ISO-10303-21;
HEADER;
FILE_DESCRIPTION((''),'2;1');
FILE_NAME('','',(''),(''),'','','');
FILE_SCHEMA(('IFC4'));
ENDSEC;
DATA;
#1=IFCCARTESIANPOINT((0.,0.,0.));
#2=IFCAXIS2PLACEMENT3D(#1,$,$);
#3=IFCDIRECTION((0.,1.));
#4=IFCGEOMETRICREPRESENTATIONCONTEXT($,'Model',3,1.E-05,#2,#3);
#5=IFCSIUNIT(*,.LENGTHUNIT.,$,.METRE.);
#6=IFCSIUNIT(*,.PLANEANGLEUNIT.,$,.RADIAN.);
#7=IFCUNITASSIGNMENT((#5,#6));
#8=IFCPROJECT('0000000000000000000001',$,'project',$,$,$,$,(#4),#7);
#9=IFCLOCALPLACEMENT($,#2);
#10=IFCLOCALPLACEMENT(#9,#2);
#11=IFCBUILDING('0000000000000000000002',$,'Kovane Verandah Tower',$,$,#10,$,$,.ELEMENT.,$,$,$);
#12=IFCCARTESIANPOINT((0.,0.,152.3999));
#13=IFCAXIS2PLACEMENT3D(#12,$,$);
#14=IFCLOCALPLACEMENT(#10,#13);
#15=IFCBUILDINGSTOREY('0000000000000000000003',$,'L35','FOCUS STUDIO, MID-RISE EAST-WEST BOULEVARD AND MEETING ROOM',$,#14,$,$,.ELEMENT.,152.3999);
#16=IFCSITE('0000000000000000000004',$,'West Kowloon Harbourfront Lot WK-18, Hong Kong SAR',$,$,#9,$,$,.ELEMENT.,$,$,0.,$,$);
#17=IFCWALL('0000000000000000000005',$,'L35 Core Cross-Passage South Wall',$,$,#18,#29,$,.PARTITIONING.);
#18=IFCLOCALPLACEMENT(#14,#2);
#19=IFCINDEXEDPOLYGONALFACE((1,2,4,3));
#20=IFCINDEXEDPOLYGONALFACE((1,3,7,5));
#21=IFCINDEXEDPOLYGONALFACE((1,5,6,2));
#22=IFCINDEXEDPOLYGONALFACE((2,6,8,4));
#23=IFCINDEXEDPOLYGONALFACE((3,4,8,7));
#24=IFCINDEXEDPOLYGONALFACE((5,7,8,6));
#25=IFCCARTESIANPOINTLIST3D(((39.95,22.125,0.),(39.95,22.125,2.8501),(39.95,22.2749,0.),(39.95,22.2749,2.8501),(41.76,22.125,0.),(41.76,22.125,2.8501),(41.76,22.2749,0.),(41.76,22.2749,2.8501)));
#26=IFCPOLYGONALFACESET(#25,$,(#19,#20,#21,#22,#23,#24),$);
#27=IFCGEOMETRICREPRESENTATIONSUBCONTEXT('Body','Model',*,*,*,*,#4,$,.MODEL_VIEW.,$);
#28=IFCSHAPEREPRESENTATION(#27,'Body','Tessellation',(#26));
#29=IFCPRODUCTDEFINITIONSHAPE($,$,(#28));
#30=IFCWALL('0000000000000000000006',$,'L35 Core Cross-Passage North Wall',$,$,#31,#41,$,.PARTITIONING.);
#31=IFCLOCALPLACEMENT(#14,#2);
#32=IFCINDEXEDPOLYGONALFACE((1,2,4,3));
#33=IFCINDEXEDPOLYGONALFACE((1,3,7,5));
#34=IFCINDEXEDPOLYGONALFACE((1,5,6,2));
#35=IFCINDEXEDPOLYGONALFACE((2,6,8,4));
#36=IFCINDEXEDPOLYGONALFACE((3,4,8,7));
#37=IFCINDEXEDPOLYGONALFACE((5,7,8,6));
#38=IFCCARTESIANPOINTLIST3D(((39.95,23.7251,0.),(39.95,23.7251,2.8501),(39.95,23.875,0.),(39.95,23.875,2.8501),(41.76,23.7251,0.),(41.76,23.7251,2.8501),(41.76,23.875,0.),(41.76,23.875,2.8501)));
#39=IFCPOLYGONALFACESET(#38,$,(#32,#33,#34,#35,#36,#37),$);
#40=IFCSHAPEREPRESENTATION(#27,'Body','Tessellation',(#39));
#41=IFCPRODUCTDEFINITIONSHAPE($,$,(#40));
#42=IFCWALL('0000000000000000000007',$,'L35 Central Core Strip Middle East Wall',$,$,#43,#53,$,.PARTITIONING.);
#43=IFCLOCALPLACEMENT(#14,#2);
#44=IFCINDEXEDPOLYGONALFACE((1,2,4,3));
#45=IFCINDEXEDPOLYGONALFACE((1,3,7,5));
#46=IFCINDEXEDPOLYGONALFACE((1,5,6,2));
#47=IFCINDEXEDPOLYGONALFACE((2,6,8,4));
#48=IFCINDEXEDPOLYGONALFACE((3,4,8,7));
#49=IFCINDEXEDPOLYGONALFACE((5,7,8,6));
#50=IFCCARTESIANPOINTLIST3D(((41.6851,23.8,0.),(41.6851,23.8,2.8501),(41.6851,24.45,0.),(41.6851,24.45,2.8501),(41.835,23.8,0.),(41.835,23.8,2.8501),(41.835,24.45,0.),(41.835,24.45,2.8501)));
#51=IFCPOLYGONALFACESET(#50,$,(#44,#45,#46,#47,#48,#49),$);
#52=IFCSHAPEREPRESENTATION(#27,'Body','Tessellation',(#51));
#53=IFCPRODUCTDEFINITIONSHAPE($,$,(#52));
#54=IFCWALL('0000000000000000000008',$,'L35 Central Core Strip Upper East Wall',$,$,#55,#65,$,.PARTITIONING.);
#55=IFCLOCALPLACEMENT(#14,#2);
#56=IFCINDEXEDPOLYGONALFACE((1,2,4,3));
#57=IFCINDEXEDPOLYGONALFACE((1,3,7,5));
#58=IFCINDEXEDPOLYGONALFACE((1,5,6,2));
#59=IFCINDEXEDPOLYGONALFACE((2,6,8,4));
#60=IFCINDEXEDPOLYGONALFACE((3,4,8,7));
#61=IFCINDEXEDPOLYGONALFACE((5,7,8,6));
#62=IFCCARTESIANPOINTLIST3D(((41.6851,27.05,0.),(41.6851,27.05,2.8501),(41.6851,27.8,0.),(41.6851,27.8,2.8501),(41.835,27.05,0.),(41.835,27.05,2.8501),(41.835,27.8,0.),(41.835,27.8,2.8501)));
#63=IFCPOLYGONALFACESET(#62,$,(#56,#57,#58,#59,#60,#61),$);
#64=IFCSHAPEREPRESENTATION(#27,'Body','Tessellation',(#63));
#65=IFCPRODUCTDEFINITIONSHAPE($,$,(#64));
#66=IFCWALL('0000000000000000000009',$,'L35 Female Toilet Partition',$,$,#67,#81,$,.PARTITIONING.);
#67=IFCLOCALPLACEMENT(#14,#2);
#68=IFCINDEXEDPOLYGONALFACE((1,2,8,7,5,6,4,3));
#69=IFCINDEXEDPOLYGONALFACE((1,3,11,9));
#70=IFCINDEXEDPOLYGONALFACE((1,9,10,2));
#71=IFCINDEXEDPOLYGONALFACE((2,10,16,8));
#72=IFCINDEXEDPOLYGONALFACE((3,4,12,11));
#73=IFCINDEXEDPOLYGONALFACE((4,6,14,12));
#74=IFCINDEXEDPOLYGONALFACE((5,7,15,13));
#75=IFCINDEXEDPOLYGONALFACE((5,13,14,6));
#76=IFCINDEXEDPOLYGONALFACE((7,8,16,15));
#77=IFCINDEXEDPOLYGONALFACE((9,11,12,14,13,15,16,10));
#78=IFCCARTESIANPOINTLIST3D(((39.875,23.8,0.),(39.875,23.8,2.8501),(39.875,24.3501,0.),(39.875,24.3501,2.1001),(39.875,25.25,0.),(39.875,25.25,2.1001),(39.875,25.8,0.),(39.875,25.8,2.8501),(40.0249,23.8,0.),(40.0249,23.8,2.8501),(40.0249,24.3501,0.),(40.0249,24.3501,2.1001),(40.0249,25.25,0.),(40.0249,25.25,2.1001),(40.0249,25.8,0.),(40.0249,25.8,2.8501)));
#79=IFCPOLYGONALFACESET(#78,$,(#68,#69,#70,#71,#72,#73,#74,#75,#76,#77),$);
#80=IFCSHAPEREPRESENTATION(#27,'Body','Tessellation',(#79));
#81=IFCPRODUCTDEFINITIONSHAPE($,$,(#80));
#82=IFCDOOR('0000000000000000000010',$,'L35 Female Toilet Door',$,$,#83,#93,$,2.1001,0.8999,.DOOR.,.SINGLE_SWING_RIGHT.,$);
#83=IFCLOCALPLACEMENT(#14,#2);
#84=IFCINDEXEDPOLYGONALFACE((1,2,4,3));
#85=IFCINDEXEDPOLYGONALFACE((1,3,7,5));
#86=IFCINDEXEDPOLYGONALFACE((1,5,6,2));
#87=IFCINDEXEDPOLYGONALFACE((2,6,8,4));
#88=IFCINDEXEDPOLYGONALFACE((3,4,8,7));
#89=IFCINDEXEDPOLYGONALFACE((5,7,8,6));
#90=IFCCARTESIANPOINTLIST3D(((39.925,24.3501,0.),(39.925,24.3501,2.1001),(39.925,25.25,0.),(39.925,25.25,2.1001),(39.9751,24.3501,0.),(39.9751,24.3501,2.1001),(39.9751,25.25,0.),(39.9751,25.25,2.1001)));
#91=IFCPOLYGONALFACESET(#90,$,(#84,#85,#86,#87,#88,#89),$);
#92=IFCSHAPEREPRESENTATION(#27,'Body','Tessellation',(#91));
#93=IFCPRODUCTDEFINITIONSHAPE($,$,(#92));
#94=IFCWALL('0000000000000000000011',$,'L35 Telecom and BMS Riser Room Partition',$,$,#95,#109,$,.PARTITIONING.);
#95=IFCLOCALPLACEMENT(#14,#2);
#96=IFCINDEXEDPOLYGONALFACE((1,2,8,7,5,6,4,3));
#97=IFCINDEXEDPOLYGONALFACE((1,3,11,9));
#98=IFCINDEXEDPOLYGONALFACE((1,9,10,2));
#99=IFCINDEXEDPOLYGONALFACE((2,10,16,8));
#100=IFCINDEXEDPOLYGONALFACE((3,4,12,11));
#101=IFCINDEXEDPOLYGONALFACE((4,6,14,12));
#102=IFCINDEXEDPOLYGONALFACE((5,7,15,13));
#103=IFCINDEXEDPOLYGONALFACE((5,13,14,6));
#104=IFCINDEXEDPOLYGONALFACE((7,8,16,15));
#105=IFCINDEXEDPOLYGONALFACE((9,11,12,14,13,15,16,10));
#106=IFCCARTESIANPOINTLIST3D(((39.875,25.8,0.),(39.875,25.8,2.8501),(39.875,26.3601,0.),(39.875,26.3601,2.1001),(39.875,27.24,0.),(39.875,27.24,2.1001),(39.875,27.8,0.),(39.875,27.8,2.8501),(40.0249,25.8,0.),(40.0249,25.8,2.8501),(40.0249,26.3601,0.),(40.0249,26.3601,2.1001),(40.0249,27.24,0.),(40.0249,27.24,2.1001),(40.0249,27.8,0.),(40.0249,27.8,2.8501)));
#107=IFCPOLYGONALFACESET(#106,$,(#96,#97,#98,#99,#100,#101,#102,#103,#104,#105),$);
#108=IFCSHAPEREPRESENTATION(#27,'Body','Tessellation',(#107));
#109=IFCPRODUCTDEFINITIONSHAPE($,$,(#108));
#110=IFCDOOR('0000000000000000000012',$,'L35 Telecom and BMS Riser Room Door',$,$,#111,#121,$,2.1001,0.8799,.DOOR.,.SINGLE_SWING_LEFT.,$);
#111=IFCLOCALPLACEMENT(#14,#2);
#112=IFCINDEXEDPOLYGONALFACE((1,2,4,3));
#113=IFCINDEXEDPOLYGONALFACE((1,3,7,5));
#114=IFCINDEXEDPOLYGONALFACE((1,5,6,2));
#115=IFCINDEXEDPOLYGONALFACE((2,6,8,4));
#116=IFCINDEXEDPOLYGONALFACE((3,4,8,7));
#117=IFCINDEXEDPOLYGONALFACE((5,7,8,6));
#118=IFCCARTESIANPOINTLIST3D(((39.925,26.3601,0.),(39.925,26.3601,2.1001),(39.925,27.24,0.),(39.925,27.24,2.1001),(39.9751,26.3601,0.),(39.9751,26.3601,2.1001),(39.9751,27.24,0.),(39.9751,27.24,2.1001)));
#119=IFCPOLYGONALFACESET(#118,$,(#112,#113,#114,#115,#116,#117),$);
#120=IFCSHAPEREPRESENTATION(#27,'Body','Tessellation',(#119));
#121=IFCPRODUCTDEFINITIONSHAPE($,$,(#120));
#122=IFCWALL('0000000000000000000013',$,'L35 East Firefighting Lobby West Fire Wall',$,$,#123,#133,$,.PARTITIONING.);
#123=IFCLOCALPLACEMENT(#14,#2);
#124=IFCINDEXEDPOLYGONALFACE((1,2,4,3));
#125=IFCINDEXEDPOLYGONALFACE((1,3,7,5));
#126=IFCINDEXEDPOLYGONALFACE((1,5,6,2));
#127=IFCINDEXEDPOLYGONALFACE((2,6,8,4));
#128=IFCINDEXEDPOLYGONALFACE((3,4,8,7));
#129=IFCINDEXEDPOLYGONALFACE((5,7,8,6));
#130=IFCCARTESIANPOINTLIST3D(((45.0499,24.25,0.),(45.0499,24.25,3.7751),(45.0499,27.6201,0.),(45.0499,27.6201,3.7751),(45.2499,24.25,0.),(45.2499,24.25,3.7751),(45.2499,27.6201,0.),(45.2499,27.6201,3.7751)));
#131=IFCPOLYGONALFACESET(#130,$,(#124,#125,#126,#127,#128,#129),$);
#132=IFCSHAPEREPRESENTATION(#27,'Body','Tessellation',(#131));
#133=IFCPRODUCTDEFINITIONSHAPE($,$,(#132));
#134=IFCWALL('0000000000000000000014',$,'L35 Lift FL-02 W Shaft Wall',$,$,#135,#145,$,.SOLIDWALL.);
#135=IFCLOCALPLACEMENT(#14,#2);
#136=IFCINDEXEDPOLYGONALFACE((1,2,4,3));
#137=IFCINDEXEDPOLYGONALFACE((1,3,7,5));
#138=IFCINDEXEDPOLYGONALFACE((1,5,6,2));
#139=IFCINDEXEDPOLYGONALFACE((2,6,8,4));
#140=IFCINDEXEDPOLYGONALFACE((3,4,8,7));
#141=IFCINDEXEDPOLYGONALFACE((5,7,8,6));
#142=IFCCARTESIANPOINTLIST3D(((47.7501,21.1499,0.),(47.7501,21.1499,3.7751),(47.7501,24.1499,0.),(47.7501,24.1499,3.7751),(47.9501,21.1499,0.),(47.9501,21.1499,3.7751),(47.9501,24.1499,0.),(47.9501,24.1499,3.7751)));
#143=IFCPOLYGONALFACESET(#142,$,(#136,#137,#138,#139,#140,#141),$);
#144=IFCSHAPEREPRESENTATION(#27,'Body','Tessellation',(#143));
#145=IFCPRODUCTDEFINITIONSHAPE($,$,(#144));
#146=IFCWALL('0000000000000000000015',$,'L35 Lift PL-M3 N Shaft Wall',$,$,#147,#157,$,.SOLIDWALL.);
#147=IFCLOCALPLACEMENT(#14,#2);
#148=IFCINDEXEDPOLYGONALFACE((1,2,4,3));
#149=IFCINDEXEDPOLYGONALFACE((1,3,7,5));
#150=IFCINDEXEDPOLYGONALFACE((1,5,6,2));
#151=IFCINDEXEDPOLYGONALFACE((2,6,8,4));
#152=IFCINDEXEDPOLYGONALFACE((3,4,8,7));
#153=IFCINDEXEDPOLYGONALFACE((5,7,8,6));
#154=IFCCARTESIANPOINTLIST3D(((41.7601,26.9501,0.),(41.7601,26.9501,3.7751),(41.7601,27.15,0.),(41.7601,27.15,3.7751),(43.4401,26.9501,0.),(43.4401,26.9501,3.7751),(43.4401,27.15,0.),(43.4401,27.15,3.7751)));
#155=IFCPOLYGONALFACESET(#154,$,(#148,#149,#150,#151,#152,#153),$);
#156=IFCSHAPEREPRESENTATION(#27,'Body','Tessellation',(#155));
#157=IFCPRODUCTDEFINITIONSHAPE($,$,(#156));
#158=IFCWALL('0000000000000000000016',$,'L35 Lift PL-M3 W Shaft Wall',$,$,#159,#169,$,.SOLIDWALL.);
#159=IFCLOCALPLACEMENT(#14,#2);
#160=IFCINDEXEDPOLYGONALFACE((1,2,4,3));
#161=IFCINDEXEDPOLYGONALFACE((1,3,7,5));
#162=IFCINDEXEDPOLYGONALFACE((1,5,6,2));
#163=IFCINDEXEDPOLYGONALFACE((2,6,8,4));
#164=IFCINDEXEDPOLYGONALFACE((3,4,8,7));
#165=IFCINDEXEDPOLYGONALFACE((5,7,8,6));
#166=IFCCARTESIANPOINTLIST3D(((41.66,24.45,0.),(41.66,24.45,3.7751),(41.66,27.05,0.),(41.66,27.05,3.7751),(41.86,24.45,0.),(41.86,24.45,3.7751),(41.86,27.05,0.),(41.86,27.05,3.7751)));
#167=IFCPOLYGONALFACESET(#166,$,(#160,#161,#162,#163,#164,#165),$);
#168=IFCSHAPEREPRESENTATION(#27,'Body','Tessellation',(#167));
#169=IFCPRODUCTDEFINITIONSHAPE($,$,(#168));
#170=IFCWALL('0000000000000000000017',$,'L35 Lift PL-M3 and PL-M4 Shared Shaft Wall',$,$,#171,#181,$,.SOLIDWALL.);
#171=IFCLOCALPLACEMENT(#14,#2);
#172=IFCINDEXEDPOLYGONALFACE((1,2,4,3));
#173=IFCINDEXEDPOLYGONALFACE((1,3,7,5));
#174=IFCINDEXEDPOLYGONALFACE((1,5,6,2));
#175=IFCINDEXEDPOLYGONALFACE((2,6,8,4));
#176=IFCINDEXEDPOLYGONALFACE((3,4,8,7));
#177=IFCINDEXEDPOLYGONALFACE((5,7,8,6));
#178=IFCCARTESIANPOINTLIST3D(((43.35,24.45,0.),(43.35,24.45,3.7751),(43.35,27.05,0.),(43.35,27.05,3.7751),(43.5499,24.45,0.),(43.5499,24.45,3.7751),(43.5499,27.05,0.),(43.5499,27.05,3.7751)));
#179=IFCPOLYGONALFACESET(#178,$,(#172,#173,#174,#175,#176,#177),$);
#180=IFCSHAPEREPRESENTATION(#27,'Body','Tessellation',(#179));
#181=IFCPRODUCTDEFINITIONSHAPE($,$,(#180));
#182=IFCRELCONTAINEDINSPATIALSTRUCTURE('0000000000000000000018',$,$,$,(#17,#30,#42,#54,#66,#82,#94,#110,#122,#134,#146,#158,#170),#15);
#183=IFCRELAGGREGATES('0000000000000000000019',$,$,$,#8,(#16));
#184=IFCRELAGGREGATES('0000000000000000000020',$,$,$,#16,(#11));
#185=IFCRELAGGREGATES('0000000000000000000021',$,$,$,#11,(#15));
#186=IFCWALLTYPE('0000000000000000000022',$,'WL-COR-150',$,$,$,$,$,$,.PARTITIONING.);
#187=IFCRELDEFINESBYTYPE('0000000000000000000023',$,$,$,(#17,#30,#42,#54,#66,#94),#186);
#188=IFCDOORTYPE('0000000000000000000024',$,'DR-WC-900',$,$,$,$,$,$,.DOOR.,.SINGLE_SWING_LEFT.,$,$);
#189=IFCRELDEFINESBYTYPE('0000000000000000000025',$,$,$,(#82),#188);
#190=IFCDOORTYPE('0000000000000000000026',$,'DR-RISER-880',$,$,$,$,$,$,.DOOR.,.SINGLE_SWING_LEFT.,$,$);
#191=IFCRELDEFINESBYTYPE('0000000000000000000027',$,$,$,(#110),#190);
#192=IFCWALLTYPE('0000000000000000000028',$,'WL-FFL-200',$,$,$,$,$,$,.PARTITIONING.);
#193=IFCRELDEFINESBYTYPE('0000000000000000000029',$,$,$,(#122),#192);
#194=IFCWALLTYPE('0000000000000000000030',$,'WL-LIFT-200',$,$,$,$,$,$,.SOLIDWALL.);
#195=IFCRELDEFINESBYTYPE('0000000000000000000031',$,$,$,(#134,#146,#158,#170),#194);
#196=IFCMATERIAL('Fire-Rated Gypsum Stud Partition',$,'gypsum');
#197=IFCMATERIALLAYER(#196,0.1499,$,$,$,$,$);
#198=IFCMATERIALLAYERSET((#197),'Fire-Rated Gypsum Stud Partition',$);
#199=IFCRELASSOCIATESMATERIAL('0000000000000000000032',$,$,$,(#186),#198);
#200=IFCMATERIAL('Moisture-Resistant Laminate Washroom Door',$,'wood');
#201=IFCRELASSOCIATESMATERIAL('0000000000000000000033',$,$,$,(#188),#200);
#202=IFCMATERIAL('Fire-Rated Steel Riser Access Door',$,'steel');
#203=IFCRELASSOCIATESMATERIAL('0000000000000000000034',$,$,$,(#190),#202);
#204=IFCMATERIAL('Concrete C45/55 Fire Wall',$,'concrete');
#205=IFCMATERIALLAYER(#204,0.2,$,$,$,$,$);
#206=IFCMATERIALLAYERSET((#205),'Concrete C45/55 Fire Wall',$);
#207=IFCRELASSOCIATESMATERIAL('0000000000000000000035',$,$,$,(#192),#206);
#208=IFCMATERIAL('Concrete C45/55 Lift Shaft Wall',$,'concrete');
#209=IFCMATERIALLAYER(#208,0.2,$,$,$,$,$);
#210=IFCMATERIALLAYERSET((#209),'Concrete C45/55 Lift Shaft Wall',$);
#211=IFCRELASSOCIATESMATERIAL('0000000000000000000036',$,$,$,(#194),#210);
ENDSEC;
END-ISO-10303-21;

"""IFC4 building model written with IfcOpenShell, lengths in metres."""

from ifc_helpers import new_model, si_unit, direction, frame, frame_2d, origin, place, context, subcontext, project, spatial, rectangle, extrude, material, layer, layer_set, type_object, element, fill, save


model = new_model("IFC4")

# Units and contexts
model_context = context("Model", 3, precision=1e-05, world=origin(), true_north=direction((0.0, 1.0)))
body_context = subcontext(model_context, "Body", "Model", "MODEL_VIEW")
ifc_project = project(units=[si_unit("LENGTHUNIT", "METRE"), si_unit("PLANEANGLEUNIT", "RADIAN")], contexts=[model_context])

# Site, building, storey
site_placement = place(None, origin())
site = spatial("IfcSite", under=ifc_project, at=site_placement, Name="West Kowloon Harbourfront Lot WK-18, Hong Kong SAR", CompositionType="ELEMENT", RefElevation=0.0)
building_placement = place(site_placement, origin())
building = spatial("IfcBuilding", under=site, at=building_placement, Name="Kovane Verandah Tower", CompositionType="ELEMENT")
storey_placement = place(building_placement, frame((0.0, 0.0, 152.3999)))
storey = spatial("IfcBuildingStorey", under=building, at=storey_placement, Name="L35", Description="FOCUS STUDIO, MID-RISE EAST-WEST BOULEVARD AND MEETING ROOM", CompositionType="ELEMENT", Elevation=152.3999)

# Walls
ifc_material_1 = material(Name="Fire-Rated Gypsum Stud Partition", Category="gypsum")
ifc_layer_1 = layer(ifc_material_1, 0.1499)
ifc_layer_set_1 = layer_set([ifc_layer_1], Name="Fire-Rated Gypsum Stud Partition")
wall_type_1 = type_object("IfcWallType", Name="WL-COR-150", PredefinedType="PARTITIONING", material=ifc_layer_set_1)
for number, where, z_axis, x_axis, name in (
    (1, (39.95, 22.2, 0.0), (0.0, 0.0, 1.0), (1.0, 0.0, 0.0), "L35 Core Cross-Passage South Wall"),
    (2, (39.95, 23.8, 0.0), (0.0, 0.0, 1.0), (1.0, 0.0, 0.0), "L35 Core Cross-Passage North Wall"),
):
    element("IfcWall", number, at=place(storey_placement, frame(where, z_axis=z_axis, x_axis=x_axis)), inside=storey, type_object=wall_type_1, Name=name, PredefinedType="PARTITIONING", context=body_context, shape_type="SweptSolid", body=[
        extrude(rectangle(XDim=1.8101, YDim=0.1499, at=frame_2d((0.905, 0.0))), origin(), (0.0, 0.0, 1.0), 2.8501),
    ])
wall_1_placement = place(storey_placement, frame((41.76, 23.8, 0.0), z_axis=(0.0, 0.0, 1.0), x_axis=(0.0, 1.0, 0.0)))
element("IfcWall", 3, at=wall_1_placement, inside=storey, type_object=wall_type_1, Name="L35 Central Core Strip Middle East Wall", PredefinedType="PARTITIONING", context=body_context, shape_type="SweptSolid", body=[
    extrude(rectangle(XDim=0.6499, YDim=0.1499, at=frame_2d((0.325, 0.0))), origin(), (0.0, 0.0, 1.0), 2.8501),
])
wall_2_placement = place(storey_placement, frame((41.76, 27.05, 0.0), z_axis=(0.0, 0.0, 1.0), x_axis=(0.0, 1.0, 0.0)))
element("IfcWall", 4, at=wall_2_placement, inside=storey, type_object=wall_type_1, Name="L35 Central Core Strip Upper East Wall", PredefinedType="PARTITIONING", context=body_context, shape_type="SweptSolid", body=[
    extrude(rectangle(XDim=0.75, YDim=0.1499, at=frame_2d((0.375, 0.0))), origin(), (0.0, 0.0, 1.0), 2.8501),
])

# Walls, openings, doors
wall_3_placement = place(storey_placement, frame((39.95, 23.8, 0.0), z_axis=(0.0, 0.0, 1.0), x_axis=(0.0, 1.0, 0.0)))
wall_3 = element("IfcWall", 5, at=wall_3_placement, inside=storey, type_object=wall_type_1, Name="L35 Female Toilet Partition", PredefinedType="PARTITIONING", context=body_context, shape_type="SweptSolid", body=[
    extrude(rectangle(XDim=2.0, YDim=0.1499, at=frame_2d((1.0, 0.0))), origin(), (0.0, 0.0, 1.0), 2.8501),
])
opening_1_placement = place(wall_3_placement, frame((0.55, 0.0, 0.0)))
opening_1 = element("IfcOpeningElement", 6, at=opening_1_placement, cuts=wall_3, PredefinedType="OPENING", context=body_context, shape_type="SweptSolid", body=[
    extrude(rectangle(XDim=0.8999, YDim=2.1001, at=frame_2d((0.45, 1.05))), frame((0.0, 0.075, 0.0), z_axis=(0.0, -1.0, 0.0), x_axis=(1.0, 0.0, 0.0)), (0.0, 0.0, 1.0), 0.1499),
])
ifc_material_2 = material(Name="Moisture-Resistant Laminate Washroom Door", Category="wood")
door_type_1 = type_object("IfcDoorType", Name="DR-WC-900", OperationType="SINGLE_SWING_LEFT", PredefinedType="DOOR", material=ifc_material_2)
door_1_placement = place(opening_1_placement, origin())
door_1 = element("IfcDoor", 7, at=door_1_placement, inside=storey, type_object=door_type_1, Name="L35 Female Toilet Door", OperationType="SINGLE_SWING_RIGHT", OverallHeight=2.1001, OverallWidth=0.8999, PredefinedType="DOOR", context=body_context, shape_type="SweptSolid", body=[
    extrude(rectangle(XDim=0.8999, YDim=2.1001, at=frame_2d((0.45, 1.05))), frame((0.0, 0.0249, 0.0), z_axis=(0.0, -1.0, 0.0), x_axis=(1.0, 0.0, 0.0)), (0.0, 0.0, 1.0), 0.05),
])
fill(opening_1, door_1)
wall_4_placement = place(storey_placement, frame((39.95, 25.8, 0.0), z_axis=(0.0, 0.0, 1.0), x_axis=(0.0, 1.0, 0.0)))
wall_4 = element("IfcWall", 8, at=wall_4_placement, inside=storey, type_object=wall_type_1, Name="L35 Telecom and BMS Riser Room Partition", PredefinedType="PARTITIONING", context=body_context, shape_type="SweptSolid", body=[
    extrude(rectangle(XDim=2.0, YDim=0.1499, at=frame_2d((1.0, 0.0))), origin(), (0.0, 0.0, 1.0), 2.8501),
])
opening_2_placement = place(wall_4_placement, frame((0.5601, 0.0, 0.0)))
opening_2 = element("IfcOpeningElement", 9, at=opening_2_placement, cuts=wall_4, PredefinedType="OPENING", context=body_context, shape_type="SweptSolid", body=[
    extrude(rectangle(XDim=0.8799, YDim=2.1001, at=frame_2d((0.4399, 1.05))), frame((0.0, 0.075, 0.0), z_axis=(0.0, -1.0, 0.0), x_axis=(1.0, 0.0, 0.0)), (0.0, 0.0, 1.0), 0.1499),
])
ifc_material_3 = material(Name="Fire-Rated Steel Riser Access Door", Category="steel")
door_type_2 = type_object("IfcDoorType", Name="DR-RISER-880", OperationType="SINGLE_SWING_LEFT", PredefinedType="DOOR", material=ifc_material_3)
door_2_placement = place(opening_2_placement, origin())
door_2 = element("IfcDoor", 10, at=door_2_placement, inside=storey, type_object=door_type_2, Name="L35 Telecom and BMS Riser Room Door", OperationType="SINGLE_SWING_LEFT", OverallHeight=2.1001, OverallWidth=0.8799, PredefinedType="DOOR", context=body_context, shape_type="SweptSolid", body=[
    extrude(rectangle(XDim=0.8799, YDim=2.1001, at=frame_2d((0.4399, 1.05))), frame((0.0, 0.0249, 0.0), z_axis=(0.0, -1.0, 0.0), x_axis=(1.0, 0.0, 0.0)), (0.0, 0.0, 1.0), 0.05),
])
fill(opening_2, door_2)

# Wall
ifc_material_4 = material(Name="Concrete C45/55 Fire Wall", Category="concrete")
ifc_layer_2 = layer(ifc_material_4, 0.2)
ifc_layer_set_2 = layer_set([ifc_layer_2], Name="Concrete C45/55 Fire Wall")
wall_type_2 = type_object("IfcWallType", Name="WL-FFL-200", PredefinedType="PARTITIONING", material=ifc_layer_set_2)
wall_5_placement = place(storey_placement, frame((45.1499, 24.25, 0.0), z_axis=(0.0, 0.0, 1.0), x_axis=(0.0, 1.0, 0.0)))
element("IfcWall", 11, at=wall_5_placement, inside=storey, type_object=wall_type_2, Name="L35 East Firefighting Lobby West Fire Wall", PredefinedType="PARTITIONING", context=body_context, shape_type="SweptSolid", body=[
    extrude(rectangle(XDim=3.3701, YDim=0.2, at=frame_2d((1.6851, 0.0))), origin(), (0.0, 0.0, 1.0), 3.7751),
])

# Shared definitions
ifc_material_5 = material(Name="Concrete C45/55 Lift Shaft Wall", Category="concrete")
ifc_layer_3 = layer(ifc_material_5, 0.2)
ifc_layer_set_3 = layer_set([ifc_layer_3], Name="Concrete C45/55 Lift Shaft Wall")
wall_type_3 = type_object("IfcWallType", Name="WL-LIFT-200", PredefinedType="SOLIDWALL", material=ifc_layer_set_3)

# Wall
wall_6_placement = place(storey_placement, frame((47.8501, 24.1499, 0.0), z_axis=(0.0, 0.0, 1.0), x_axis=(0.0, -1.0, 0.0)))
element("IfcWall", 12, at=wall_6_placement, inside=storey, type_object=wall_type_3, Name="L35 Lift FL-02 W Shaft Wall", PredefinedType="SOLIDWALL", context=body_context, shape_type="SweptSolid", body=[
    extrude(rectangle(XDim=3.0, YDim=0.2, at=frame_2d((1.5, 0.0))), origin(), (0.0, 0.0, 1.0), 3.7751),
])

# Walls
wall_7_placement = place(storey_placement, frame((43.4399, 27.05, 0.0), z_axis=(0.0, 0.0, 1.0), x_axis=(-1.0, 0.0, 0.0)))
element("IfcWall", 13, at=wall_7_placement, inside=storey, type_object=wall_type_3, Name="L35 Lift PL-M3 N Shaft Wall", PredefinedType="SOLIDWALL", context=body_context, shape_type="SweptSolid", body=[
    extrude(rectangle(XDim=1.6799, YDim=0.2, at=frame_2d((0.8398, 0.0))), origin(), (0.0, 0.0, 1.0), 3.7751),
])
for number, where, z_axis, x_axis, name in (
    (14, (41.76, 27.05, 0.0), (0.0, 0.0, 1.0), (0.0, -1.0, 0.0), "L35 Lift PL-M3 W Shaft Wall"),
    (15, (43.45, 24.45, 0.0), (0.0, 0.0, 1.0), (0.0, 1.0, 0.0), "L35 Lift PL-M3 and PL-M4 Shared Shaft Wall"),
):
    element("IfcWall", number, at=place(storey_placement, frame(where, z_axis=z_axis, x_axis=x_axis)), inside=storey, type_object=wall_type_3, Name=name, PredefinedType="SOLIDWALL", context=body_context, shape_type="SweptSolid", body=[
        extrude(rectangle(XDim=2.6001, YDim=0.2, at=frame_2d((1.3, 0.0))), origin(), (0.0, 0.0, 1.0), 3.7751),
    ])

save(model, "model.ifc")
